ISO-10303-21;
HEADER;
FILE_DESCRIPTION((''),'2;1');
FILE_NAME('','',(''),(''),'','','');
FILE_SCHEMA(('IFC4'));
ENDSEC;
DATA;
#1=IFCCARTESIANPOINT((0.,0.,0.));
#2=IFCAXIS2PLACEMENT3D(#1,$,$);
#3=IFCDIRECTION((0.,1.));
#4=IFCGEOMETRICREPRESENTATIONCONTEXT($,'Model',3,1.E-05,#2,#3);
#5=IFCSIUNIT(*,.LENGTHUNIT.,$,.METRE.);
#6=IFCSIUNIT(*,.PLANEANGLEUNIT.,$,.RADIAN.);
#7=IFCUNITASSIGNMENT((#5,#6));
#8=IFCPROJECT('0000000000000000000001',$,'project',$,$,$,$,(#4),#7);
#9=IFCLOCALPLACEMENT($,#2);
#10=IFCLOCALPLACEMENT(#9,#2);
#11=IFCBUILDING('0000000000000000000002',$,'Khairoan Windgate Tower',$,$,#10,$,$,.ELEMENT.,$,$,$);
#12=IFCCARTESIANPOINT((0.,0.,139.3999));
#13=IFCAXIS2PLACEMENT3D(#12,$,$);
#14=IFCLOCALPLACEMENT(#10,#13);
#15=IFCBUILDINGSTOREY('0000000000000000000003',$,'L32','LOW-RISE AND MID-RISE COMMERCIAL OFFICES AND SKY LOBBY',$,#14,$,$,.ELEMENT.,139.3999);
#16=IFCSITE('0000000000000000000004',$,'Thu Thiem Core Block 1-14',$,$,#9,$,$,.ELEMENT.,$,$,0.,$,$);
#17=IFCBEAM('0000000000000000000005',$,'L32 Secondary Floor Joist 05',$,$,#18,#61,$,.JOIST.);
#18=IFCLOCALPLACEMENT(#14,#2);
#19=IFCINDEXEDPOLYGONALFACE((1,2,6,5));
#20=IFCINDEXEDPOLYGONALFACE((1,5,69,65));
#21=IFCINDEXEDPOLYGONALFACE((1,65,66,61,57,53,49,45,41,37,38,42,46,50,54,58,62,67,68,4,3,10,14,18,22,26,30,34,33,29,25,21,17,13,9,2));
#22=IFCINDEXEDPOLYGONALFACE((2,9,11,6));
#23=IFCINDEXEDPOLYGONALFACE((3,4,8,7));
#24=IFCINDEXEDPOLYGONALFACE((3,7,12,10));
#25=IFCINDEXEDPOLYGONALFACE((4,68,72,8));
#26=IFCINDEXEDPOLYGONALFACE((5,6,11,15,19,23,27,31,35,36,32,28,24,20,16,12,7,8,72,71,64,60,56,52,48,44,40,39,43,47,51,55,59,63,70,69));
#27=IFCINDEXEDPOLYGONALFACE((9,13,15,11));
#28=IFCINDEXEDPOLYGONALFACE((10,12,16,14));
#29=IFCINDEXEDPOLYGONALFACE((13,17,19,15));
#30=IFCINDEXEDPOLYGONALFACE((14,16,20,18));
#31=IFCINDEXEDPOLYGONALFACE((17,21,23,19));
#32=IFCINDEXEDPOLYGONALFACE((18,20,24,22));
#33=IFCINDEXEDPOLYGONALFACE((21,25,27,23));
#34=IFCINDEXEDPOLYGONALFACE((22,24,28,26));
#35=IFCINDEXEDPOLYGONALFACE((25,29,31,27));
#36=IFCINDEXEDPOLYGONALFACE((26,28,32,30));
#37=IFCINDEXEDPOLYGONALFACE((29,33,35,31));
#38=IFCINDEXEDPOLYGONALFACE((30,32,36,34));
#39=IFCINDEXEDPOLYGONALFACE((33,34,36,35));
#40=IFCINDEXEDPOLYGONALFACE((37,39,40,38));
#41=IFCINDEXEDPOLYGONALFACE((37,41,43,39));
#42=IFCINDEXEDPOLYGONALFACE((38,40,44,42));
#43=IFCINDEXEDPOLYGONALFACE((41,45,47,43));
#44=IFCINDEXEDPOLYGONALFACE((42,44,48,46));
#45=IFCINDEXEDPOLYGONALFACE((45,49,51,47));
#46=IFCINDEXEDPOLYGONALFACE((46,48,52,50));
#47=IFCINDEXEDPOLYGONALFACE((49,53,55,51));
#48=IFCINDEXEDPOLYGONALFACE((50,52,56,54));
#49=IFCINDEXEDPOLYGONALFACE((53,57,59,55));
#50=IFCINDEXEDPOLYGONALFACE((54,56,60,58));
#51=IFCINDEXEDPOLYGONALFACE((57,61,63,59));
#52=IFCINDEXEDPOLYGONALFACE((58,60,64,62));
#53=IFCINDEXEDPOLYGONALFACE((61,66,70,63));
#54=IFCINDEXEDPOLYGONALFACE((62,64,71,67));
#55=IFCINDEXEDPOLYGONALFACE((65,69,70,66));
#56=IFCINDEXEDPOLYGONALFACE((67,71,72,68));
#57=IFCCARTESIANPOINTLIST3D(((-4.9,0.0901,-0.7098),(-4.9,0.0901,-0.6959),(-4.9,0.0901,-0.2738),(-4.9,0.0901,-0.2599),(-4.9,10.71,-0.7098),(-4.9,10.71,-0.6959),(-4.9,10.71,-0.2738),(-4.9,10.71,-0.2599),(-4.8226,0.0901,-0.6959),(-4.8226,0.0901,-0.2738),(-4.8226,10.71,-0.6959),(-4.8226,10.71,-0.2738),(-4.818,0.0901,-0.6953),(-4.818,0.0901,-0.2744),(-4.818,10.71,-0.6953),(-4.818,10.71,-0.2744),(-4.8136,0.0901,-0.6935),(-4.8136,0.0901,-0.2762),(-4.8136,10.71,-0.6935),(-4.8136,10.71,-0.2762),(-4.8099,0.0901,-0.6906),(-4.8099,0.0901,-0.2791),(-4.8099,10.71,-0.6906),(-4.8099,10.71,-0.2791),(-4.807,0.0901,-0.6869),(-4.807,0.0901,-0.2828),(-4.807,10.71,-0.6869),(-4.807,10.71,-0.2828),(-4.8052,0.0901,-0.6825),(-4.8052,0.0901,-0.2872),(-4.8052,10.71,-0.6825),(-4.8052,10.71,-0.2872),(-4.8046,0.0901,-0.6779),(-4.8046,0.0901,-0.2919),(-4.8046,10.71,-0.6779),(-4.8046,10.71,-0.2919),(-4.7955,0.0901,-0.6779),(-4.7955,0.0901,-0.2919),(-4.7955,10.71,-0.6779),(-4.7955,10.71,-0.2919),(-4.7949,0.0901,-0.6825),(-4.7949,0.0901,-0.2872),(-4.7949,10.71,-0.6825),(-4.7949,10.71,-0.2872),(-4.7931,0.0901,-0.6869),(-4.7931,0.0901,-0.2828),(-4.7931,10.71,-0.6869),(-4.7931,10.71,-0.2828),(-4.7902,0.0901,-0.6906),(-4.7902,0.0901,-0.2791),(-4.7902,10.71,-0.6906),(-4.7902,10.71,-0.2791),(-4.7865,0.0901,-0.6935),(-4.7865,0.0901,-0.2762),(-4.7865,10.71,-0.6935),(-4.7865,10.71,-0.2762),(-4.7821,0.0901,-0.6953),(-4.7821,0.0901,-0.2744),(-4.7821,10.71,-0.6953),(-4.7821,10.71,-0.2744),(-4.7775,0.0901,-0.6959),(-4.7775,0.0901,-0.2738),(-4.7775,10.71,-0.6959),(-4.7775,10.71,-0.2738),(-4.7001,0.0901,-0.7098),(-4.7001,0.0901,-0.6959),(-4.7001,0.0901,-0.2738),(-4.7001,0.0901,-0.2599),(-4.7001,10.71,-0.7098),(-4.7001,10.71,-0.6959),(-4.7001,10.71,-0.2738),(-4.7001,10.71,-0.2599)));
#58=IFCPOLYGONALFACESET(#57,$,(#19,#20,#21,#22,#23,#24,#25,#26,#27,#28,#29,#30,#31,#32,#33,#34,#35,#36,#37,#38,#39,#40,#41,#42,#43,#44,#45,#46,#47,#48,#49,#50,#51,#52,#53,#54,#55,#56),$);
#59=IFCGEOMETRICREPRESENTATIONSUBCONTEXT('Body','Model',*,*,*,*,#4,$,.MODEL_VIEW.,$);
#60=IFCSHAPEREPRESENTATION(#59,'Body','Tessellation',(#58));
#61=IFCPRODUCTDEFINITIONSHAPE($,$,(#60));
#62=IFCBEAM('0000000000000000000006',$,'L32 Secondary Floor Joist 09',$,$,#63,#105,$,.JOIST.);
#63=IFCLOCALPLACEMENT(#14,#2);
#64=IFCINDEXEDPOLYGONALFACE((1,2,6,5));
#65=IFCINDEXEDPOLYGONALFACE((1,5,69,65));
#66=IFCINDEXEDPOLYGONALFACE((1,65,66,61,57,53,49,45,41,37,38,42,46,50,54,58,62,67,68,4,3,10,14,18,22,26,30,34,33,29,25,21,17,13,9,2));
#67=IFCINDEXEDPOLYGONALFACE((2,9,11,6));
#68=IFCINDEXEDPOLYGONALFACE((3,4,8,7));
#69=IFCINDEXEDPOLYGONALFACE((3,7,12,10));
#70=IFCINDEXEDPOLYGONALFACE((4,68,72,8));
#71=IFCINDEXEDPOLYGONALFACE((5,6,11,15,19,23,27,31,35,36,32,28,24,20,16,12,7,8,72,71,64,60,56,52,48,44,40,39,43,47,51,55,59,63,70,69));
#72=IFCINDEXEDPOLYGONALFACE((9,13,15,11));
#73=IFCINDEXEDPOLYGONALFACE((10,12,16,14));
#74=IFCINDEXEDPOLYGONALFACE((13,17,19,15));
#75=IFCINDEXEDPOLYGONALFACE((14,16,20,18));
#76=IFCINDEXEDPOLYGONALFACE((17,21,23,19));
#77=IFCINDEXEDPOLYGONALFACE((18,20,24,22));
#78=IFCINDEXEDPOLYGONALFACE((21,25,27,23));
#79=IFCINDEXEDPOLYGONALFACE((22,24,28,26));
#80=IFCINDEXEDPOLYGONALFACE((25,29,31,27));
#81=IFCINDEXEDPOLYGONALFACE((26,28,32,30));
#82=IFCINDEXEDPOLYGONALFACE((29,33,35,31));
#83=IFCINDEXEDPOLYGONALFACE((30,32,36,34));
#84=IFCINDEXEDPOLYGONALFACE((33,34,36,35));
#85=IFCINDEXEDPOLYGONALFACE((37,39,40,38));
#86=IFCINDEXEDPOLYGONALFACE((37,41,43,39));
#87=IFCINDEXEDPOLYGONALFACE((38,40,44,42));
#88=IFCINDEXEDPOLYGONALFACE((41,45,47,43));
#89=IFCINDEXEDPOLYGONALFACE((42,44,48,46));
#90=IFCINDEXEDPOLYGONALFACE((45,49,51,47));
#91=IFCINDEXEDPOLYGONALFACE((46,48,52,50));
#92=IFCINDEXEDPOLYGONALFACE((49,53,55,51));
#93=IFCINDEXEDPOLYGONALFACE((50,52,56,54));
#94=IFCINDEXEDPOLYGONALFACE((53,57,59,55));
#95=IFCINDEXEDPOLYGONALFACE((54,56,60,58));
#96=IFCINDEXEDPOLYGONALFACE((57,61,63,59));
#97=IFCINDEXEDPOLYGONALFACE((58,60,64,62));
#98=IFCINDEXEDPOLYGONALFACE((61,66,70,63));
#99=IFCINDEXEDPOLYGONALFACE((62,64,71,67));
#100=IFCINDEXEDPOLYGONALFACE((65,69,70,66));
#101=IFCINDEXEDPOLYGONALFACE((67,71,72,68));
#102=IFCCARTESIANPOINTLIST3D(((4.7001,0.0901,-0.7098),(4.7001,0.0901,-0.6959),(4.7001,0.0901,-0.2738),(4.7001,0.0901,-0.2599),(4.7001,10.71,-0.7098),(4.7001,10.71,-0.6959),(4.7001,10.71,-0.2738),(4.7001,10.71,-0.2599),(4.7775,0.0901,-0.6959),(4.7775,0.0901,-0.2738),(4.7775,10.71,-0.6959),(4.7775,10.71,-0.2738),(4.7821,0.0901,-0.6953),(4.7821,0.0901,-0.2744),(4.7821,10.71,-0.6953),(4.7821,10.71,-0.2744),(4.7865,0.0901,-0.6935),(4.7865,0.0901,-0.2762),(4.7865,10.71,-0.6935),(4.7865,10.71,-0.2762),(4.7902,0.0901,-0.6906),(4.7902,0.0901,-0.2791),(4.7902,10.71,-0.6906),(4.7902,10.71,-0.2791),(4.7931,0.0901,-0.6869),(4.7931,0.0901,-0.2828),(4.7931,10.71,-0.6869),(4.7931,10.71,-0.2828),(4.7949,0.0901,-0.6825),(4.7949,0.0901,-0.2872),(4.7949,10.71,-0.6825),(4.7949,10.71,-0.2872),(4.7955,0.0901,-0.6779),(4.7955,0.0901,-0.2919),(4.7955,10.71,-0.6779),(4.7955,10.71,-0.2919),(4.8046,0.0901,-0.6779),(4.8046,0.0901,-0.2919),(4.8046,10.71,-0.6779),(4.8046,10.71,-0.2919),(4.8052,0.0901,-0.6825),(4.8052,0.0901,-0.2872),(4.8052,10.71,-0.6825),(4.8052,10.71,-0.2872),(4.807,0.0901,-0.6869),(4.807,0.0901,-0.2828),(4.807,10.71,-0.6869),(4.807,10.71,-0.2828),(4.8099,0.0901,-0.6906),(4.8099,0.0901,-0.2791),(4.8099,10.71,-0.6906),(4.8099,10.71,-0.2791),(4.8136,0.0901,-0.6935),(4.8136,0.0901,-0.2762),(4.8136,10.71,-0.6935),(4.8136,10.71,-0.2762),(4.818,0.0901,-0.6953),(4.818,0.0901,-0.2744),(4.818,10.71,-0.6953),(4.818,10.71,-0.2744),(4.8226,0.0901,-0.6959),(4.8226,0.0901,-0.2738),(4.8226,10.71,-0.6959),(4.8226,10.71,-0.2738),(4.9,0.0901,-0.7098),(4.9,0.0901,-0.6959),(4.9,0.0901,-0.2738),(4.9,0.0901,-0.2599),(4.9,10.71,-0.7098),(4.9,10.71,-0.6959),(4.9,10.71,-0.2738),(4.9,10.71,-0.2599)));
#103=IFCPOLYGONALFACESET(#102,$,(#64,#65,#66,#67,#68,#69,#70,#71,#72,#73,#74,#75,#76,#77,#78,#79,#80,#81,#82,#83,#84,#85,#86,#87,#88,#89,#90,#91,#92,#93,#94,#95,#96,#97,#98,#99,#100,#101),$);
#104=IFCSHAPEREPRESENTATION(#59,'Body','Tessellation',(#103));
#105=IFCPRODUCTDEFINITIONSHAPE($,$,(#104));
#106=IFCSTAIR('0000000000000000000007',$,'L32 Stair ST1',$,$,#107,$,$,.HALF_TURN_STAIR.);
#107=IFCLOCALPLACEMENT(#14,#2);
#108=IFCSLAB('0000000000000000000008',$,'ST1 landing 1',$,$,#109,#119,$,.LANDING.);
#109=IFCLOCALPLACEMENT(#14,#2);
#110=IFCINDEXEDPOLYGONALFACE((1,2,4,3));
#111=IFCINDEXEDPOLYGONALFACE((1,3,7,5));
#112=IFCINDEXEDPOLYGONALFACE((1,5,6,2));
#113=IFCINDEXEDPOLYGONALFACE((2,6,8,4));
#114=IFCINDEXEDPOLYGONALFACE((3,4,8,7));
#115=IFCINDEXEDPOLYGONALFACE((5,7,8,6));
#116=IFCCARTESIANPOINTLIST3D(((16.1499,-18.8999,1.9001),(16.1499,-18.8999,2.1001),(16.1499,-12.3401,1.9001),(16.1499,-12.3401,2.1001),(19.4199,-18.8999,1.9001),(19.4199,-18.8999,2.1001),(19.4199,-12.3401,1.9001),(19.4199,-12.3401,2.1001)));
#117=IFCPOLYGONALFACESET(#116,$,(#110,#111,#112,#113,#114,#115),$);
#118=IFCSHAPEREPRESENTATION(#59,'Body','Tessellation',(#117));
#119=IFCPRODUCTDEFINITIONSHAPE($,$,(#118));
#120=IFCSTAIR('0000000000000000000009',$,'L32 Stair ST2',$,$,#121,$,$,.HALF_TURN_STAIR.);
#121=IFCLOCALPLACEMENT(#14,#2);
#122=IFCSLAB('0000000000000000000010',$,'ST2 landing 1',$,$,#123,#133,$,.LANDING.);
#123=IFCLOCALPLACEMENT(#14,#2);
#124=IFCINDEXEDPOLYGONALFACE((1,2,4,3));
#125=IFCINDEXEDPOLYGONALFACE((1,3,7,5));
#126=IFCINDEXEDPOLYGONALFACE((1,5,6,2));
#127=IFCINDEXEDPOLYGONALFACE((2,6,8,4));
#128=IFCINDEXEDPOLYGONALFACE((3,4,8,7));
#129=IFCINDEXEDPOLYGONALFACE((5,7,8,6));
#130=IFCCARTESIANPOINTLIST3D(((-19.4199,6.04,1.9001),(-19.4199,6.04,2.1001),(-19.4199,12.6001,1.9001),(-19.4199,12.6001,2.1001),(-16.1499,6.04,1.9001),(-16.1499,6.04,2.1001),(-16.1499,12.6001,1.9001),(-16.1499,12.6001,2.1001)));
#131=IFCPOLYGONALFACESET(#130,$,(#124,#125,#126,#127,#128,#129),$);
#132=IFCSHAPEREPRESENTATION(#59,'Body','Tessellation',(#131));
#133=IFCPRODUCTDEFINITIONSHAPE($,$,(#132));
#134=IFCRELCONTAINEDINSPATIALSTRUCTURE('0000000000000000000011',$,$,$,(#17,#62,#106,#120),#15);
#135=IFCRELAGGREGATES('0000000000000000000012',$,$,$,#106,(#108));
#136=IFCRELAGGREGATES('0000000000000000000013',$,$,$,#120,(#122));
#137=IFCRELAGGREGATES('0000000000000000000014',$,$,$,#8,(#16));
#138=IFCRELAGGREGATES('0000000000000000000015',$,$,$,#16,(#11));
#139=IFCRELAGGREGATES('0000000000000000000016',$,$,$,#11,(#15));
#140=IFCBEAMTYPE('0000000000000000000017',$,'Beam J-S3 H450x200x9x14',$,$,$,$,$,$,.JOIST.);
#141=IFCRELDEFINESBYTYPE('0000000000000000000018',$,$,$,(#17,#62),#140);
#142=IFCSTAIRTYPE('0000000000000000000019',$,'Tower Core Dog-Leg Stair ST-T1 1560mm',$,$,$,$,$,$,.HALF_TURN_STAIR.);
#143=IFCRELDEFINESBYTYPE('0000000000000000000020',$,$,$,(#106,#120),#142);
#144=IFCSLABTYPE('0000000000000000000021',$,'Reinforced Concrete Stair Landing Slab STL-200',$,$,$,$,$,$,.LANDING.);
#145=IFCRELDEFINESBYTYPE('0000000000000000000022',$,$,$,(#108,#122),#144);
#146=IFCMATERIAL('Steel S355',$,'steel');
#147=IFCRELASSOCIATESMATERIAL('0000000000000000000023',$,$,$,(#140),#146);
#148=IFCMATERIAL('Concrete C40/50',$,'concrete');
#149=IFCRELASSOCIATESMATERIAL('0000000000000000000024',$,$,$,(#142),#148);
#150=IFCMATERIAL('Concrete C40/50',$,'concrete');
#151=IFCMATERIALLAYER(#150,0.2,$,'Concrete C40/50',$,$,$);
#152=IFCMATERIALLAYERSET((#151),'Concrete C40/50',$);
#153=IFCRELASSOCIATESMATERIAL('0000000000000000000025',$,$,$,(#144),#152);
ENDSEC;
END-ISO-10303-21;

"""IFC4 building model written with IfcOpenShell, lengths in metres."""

from ifc_helpers import new_model, si_unit, direction, frame, origin, origin_2d, place, context, subcontext, project, spatial, polyline, i_section, outline, extrude, material, layer, layer_set, material_profile, profile_set, type_object, element, aggregate, save


model = new_model("IFC4")

# Units and contexts
model_context = context("Model", 3, precision=1e-05, world=origin(), true_north=direction((0.0, 1.0)))
body_context = subcontext(model_context, "Body", "Model", "MODEL_VIEW")
ifc_project = project(units=[si_unit("LENGTHUNIT", "METRE"), si_unit("PLANEANGLEUNIT", "RADIAN")], contexts=[model_context])

# Site, building, storey
site_placement = place(None, origin())
site = spatial("IfcSite", under=ifc_project, at=site_placement, Name="Thu Thiem Core Block 1-14", CompositionType="ELEMENT", RefElevation=0.0)
building_placement = place(site_placement, origin())
building = spatial("IfcBuilding", under=site, at=building_placement, Name="Khairoan Windgate Tower", CompositionType="ELEMENT")
storey_placement = place(building_placement, frame((0.0, 0.0, 139.3999)))
storey = spatial("IfcBuildingStorey", under=building, at=storey_placement, Name="L32", Description="LOW-RISE AND MID-RISE COMMERCIAL OFFICES AND SKY LOBBY", CompositionType="ELEMENT", Elevation=139.3999)

# Beams
ifc_material_1 = material(Name="Steel S355", Category="steel")
ifc_material_profile_1 = material_profile(ifc_material_1, i_section(OverallWidth=0.2, OverallDepth=0.45, WebThickness=0.009, FlangeThickness=0.0139, FilletRadius=0.0181, at=origin_2d()))
ifc_profile_set_1 = profile_set([ifc_material_profile_1], Name="Steel S355")
beam_type_1 = type_object("IfcBeamType", Name="Beam J-S3 H450x200x9x14", PredefinedType="JOIST", material=ifc_profile_set_1)
for number, where, z_axis, x_axis, name in (
    (1, (-4.8, 0.0901, -0.4849), (0.0, 1.0, 0.0), (-1.0, 0.0, 0.0), "L32 Secondary Floor Joist 05"),
    (2, (4.8, 0.0901, -0.4849), (0.0, 1.0, 0.0), (-1.0, 0.0, 0.0), "L32 Secondary Floor Joist 09"),
):
    element("IfcBeam", number, at=place(storey_placement, frame(where, z_axis=z_axis, x_axis=x_axis)), inside=storey, type_object=beam_type_1, Name=name, PredefinedType="JOIST", context=body_context, shape_type="SweptSolid", body=[
        extrude(i_section(OverallWidth=0.2, OverallDepth=0.45, WebThickness=0.009, FlangeThickness=0.0139, FilletRadius=0.0181, at=origin_2d()), origin(), (0.0, 0.0, 1.0), 10.6199),
    ])

# Stairs, slabs
ifc_material_2 = material(Name="Concrete C40/50", Category="concrete")
stair_type = type_object("IfcStairType", Name="Tower Core Dog-Leg Stair ST-T1 1560mm", PredefinedType="HALF_TURN_STAIR", material=ifc_material_2)
stair_1_placement = place(storey_placement, origin())
stair_1 = element("IfcStair", 3, at=stair_1_placement, inside=storey, type_object=stair_type, Name="L32 Stair ST1", PredefinedType="HALF_TURN_STAIR")
ifc_material_3 = material(Name="Concrete C40/50", Category="concrete")
ifc_layer_1 = layer(ifc_material_3, 0.2, Name="Concrete C40/50")
ifc_layer_set_1 = layer_set([ifc_layer_1], Name="Concrete C40/50")
slab_type_1 = type_object("IfcSlabType", Name="Reinforced Concrete Stair Landing Slab STL-200", PredefinedType="LANDING", material=ifc_layer_set_1)
slab_1_placement = place(storey_placement, frame((0.0, 0.0, 1.9001)))
slab_1 = element("IfcSlab", 4, at=slab_1_placement, type_object=slab_type_1, Name="ST1 landing 1", PredefinedType="LANDING", context=body_context, shape_type="SweptSolid", body=[
    extrude(outline(polyline([(16.1499, -12.3401), (16.1499, -18.8999), (19.4199, -18.8999), (19.4199, -12.3401), (16.1499, -12.3401)])), origin(), (0.0, 0.0, 1.0), 0.2),
])
aggregate(stair_1, [slab_1])
stair_2_placement = place(storey_placement, origin())
stair_2 = element("IfcStair", 5, at=stair_2_placement, inside=storey, type_object=stair_type, Name="L32 Stair ST2", PredefinedType="HALF_TURN_STAIR")
slab_2_placement = place(storey_placement, frame((0.0, 0.0, 1.9001)))
slab_2 = element("IfcSlab", 6, at=slab_2_placement, type_object=slab_type_1, Name="ST2 landing 1", PredefinedType="LANDING", context=body_context, shape_type="SweptSolid", body=[
    extrude(outline(polyline([(-16.1499, 6.04), (-16.1499, 12.6001), (-19.4199, 12.6001), (-19.4199, 6.04), (-16.1499, 6.04)])), origin(), (0.0, 0.0, 1.0), 0.2),
])
aggregate(stair_2, [slab_2])

save(model, "model.ifc")
